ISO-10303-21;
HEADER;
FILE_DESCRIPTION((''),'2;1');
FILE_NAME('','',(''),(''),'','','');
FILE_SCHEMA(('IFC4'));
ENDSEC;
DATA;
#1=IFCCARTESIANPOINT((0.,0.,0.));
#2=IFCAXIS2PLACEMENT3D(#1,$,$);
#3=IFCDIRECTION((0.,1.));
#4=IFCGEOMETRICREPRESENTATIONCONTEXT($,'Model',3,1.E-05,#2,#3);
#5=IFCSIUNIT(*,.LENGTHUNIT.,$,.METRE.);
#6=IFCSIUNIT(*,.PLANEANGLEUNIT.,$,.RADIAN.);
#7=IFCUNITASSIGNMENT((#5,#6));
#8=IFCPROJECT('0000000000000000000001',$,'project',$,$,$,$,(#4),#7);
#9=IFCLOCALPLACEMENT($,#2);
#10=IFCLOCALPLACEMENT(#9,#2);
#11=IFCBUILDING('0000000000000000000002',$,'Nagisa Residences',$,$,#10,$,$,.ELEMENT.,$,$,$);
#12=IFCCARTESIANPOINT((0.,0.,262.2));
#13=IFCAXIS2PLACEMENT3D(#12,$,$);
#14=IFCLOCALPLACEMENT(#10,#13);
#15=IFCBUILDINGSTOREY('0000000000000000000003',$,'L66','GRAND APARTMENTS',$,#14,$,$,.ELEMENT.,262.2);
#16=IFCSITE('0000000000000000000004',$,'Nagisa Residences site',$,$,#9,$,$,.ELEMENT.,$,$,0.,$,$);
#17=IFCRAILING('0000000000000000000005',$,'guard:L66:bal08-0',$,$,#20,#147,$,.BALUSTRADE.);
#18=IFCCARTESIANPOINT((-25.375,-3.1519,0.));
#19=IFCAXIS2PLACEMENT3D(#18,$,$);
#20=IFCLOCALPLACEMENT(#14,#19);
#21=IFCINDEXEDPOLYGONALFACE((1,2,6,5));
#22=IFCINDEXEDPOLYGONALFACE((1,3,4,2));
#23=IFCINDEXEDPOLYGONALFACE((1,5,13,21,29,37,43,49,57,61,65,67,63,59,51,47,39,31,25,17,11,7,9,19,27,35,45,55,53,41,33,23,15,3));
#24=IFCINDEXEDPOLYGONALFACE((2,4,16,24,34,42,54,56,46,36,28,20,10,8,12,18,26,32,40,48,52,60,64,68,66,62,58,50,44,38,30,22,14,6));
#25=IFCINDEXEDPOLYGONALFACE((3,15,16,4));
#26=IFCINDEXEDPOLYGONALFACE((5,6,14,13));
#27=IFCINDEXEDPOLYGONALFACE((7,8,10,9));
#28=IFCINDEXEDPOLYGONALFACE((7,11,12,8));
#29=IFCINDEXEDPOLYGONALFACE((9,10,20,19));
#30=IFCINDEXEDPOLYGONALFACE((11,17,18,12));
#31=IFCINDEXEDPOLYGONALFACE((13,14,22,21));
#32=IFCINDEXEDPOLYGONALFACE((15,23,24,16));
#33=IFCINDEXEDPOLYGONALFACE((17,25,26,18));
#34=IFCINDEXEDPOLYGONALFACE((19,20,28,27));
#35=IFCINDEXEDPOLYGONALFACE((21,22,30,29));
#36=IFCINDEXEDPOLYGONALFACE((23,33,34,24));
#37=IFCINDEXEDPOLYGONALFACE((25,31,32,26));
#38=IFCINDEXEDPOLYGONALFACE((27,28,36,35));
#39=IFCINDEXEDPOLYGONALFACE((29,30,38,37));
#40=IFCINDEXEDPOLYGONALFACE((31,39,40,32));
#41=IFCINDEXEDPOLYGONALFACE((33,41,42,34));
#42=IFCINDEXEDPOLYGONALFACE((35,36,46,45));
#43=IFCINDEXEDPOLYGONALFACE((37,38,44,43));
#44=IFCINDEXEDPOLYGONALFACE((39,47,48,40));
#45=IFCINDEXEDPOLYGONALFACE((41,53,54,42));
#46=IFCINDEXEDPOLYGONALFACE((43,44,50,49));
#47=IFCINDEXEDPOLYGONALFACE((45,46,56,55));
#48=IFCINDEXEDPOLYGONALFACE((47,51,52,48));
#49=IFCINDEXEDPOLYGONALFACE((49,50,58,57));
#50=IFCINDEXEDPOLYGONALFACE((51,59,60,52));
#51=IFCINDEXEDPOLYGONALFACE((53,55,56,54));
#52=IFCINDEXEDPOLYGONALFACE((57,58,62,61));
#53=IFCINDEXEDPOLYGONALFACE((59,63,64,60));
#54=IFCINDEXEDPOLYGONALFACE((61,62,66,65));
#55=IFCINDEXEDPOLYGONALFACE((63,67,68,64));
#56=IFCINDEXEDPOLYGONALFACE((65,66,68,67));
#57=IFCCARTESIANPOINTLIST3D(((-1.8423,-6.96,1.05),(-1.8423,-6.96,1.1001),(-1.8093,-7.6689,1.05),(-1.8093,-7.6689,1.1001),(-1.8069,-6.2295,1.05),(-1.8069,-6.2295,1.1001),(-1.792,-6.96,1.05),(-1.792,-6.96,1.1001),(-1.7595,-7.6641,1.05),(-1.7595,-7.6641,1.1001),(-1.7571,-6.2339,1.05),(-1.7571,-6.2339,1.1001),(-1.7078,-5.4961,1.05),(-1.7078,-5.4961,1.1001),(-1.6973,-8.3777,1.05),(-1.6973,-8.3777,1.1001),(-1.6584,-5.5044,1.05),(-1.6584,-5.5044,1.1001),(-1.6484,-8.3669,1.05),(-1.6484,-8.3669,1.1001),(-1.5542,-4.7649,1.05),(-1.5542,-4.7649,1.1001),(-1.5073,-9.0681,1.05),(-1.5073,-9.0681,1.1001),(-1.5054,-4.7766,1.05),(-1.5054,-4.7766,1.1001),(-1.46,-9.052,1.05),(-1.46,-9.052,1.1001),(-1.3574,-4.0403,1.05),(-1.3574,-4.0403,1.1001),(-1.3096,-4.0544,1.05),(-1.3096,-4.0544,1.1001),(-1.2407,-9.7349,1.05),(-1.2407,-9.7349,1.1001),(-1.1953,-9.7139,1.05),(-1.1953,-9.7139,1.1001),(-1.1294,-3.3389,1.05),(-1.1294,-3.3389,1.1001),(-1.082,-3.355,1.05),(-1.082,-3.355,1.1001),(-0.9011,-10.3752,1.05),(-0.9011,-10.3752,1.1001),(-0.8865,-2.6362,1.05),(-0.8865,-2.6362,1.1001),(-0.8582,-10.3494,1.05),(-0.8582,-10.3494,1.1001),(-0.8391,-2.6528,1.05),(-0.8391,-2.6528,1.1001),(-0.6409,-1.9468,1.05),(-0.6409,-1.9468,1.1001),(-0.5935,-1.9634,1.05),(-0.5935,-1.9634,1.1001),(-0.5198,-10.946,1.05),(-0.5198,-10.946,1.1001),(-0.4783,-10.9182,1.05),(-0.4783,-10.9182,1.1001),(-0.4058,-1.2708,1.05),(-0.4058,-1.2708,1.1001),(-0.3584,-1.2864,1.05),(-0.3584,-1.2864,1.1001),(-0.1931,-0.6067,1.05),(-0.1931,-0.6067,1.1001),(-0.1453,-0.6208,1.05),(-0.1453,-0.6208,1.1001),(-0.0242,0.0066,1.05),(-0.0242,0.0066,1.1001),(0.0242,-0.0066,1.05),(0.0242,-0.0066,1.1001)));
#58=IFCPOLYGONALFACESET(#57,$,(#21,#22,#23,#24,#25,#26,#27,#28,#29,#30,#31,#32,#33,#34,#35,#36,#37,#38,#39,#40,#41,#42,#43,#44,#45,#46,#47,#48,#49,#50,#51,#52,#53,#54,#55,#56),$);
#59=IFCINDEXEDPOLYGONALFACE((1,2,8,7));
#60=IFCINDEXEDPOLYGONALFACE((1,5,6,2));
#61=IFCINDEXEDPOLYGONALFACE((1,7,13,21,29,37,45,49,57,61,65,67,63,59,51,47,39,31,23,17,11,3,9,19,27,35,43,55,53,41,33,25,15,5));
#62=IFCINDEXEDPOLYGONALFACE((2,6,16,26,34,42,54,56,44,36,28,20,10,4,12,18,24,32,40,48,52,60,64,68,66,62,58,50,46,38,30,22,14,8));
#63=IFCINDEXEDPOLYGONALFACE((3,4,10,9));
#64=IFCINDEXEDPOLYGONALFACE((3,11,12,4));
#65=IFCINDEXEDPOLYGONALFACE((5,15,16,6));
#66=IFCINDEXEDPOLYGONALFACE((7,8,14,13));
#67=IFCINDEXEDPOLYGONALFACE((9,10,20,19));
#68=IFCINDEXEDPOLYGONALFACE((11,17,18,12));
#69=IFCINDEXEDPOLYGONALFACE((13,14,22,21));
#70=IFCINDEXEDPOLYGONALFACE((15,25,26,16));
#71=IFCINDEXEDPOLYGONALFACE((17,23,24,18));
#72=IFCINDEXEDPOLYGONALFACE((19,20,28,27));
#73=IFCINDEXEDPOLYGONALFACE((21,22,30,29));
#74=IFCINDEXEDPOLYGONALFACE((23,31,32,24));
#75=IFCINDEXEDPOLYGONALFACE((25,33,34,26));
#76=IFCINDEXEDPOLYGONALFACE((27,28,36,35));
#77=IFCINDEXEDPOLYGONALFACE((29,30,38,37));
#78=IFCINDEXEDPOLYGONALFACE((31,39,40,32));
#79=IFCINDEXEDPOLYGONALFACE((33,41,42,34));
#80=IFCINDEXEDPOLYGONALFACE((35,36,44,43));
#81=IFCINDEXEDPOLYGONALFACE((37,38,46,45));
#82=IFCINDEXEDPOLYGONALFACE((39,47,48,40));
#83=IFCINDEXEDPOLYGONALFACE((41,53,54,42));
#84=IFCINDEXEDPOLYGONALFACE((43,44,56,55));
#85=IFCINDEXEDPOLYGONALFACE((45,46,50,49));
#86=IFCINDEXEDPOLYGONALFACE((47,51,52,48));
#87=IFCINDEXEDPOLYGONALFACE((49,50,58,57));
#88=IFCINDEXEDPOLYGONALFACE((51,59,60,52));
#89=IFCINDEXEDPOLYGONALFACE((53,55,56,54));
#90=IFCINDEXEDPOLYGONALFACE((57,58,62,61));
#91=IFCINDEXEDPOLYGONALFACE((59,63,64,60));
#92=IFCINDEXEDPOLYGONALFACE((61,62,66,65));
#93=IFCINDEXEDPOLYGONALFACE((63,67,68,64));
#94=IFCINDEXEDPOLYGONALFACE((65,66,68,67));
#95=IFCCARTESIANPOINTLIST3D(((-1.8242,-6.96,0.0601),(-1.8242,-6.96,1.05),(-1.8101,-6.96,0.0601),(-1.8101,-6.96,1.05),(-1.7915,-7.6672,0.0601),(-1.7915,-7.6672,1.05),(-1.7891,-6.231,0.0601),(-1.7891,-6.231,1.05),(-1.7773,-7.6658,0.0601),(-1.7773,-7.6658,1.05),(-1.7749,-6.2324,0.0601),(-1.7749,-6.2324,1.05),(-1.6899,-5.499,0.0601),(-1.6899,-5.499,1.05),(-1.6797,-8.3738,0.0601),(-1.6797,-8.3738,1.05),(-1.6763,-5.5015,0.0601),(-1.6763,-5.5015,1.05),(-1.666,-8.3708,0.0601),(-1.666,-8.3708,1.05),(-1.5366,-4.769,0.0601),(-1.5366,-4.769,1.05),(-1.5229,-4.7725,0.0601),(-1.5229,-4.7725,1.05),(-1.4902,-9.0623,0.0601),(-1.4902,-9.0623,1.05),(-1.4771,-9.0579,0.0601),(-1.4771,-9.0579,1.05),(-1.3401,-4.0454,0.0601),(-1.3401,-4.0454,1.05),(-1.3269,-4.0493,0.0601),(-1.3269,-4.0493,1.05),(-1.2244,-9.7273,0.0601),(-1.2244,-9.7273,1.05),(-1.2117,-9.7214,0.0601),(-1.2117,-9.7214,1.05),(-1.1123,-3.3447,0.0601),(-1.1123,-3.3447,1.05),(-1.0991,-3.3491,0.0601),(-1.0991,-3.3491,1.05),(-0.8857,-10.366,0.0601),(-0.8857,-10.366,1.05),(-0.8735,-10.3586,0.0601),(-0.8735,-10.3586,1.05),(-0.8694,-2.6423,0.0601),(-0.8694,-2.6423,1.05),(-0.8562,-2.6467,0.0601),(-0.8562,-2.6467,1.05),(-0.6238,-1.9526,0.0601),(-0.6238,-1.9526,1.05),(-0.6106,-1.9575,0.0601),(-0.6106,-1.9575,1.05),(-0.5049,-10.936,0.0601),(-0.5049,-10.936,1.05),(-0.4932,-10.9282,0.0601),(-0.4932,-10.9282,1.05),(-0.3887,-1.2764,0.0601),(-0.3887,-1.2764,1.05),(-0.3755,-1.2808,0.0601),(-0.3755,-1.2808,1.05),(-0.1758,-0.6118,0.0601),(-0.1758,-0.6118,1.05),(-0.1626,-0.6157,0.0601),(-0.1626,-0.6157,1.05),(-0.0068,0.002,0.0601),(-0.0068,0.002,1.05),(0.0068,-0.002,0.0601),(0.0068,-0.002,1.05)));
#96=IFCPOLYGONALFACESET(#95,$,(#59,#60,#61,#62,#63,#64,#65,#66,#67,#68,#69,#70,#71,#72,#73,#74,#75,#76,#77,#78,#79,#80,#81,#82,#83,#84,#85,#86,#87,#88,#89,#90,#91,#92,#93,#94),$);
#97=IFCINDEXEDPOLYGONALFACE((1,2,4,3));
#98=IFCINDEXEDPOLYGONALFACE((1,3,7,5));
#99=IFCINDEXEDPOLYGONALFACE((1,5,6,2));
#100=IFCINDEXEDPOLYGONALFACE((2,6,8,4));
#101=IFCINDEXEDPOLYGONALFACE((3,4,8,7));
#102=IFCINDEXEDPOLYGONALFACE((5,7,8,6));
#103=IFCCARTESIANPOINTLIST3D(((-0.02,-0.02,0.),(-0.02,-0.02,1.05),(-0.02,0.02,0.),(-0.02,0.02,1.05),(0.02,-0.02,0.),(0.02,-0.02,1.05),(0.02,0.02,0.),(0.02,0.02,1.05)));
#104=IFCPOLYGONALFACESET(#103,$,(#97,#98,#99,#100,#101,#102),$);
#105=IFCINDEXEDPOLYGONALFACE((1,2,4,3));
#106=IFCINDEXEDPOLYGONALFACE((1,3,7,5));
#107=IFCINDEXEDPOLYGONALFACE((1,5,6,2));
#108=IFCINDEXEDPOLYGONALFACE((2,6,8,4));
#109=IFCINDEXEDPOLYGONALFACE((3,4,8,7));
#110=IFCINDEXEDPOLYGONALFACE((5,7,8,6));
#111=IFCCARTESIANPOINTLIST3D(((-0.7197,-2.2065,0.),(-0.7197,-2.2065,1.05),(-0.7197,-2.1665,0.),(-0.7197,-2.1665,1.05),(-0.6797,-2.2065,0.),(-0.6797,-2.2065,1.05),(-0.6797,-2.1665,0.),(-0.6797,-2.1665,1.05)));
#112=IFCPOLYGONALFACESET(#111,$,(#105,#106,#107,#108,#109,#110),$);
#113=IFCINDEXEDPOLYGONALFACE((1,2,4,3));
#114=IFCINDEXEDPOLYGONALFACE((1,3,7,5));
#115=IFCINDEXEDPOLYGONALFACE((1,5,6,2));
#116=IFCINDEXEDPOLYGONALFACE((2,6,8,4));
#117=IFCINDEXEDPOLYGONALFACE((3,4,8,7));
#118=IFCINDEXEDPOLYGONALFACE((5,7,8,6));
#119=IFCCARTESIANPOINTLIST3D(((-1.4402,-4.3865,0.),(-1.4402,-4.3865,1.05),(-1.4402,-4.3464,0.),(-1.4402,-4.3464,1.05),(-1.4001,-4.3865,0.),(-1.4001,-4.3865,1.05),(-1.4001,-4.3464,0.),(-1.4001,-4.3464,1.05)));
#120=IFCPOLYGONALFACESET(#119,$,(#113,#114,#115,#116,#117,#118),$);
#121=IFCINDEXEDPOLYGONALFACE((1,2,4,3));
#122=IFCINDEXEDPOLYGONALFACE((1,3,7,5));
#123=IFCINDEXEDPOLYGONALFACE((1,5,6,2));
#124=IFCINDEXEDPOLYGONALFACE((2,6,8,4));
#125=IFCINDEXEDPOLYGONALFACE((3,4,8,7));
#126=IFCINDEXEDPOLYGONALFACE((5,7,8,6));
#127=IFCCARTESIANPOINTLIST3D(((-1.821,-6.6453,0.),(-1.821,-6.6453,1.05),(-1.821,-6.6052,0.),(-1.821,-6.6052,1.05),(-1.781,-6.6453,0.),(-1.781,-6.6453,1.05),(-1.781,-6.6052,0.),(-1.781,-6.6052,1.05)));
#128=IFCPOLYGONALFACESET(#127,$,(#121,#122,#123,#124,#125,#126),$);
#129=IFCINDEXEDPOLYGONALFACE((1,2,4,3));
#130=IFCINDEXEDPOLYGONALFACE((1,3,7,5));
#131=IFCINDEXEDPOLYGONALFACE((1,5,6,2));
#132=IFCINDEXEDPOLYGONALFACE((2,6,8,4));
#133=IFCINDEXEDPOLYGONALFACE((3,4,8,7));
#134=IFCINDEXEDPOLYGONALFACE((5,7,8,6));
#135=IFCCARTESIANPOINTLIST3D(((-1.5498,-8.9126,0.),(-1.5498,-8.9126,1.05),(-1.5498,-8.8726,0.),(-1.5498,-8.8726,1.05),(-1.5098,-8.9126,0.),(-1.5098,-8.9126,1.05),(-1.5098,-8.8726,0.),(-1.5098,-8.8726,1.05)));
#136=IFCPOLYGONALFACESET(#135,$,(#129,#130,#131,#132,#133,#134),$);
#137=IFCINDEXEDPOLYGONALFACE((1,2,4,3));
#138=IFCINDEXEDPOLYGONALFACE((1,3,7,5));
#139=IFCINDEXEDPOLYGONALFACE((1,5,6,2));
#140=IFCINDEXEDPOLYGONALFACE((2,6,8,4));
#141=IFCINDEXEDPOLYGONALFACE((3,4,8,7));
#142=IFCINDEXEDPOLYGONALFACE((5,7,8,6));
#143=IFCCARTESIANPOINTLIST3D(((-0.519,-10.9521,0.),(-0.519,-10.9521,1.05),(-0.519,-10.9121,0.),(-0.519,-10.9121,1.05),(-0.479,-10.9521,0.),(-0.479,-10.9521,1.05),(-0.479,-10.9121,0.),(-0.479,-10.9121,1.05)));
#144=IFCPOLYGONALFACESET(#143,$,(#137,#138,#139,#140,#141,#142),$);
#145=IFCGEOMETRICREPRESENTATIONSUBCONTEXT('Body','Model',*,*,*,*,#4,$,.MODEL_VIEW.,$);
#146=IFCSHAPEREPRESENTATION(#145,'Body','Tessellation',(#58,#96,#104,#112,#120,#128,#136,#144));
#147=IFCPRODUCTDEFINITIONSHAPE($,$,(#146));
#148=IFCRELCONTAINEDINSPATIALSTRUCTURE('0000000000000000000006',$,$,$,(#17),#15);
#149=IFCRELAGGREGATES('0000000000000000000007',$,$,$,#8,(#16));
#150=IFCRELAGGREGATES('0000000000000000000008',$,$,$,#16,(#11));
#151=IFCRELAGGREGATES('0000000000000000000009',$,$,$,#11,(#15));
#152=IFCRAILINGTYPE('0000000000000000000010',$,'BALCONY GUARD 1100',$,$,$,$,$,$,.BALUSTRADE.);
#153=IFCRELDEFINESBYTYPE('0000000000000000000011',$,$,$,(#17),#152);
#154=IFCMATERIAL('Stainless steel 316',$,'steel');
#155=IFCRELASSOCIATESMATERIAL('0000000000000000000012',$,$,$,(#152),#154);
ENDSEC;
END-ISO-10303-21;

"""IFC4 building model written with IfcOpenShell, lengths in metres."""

from ifc_helpers import new_model, si_unit, direction, frame, origin, origin_2d, place, context, subcontext, project, spatial, polyline, rectangle, outline, extrude, material, type_object, element, save


model = new_model("IFC4")

# Units and contexts
model_context = context("Model", 3, precision=1e-05, world=origin(), true_north=direction((0.0, 1.0)))
body_context = subcontext(model_context, "Body", "Model", "MODEL_VIEW")
ifc_project = project(units=[si_unit("LENGTHUNIT", "METRE"), si_unit("PLANEANGLEUNIT", "RADIAN")], contexts=[model_context])

# Site, building, storey
site_placement = place(None, origin())
site = spatial("IfcSite", under=ifc_project, at=site_placement, Name="Nagisa Residences site", CompositionType="ELEMENT", RefElevation=0.0)
building_placement = place(site_placement, origin())
building = spatial("IfcBuilding", under=site, at=building_placement, Name="Nagisa Residences", CompositionType="ELEMENT")
storey_placement = place(building_placement, frame((0.0, 0.0, 262.2)))
storey = spatial("IfcBuildingStorey", under=building, at=storey_placement, Name="L66", Description="GRAND APARTMENTS", CompositionType="ELEMENT", Elevation=262.2)

# Railing
ifc_material_1 = material(Name="Stainless steel 316", Category="steel")
railing_type = type_object("IfcRailingType", Name="BALCONY GUARD 1100", PredefinedType="BALUSTRADE", material=ifc_material_1)
railing_1_placement = place(storey_placement, frame((-25.375, -3.1519, 0.0)))
element("IfcRailing", 1, at=railing_1_placement, inside=storey, type_object=railing_type, Name="guard:L66:bal08-0", PredefinedType="BALUSTRADE", context=body_context, shape_type="SweptSolid", body=[
    extrude(outline(polyline([(-0.1453, -0.6208), (0.0242, -0.0066), (-0.0242, 0.0066), (-0.1931, -0.6067), (-0.4058, -1.2708), (-0.6409, -1.9468), (-0.8865, -2.6362), (-1.1294, -3.3389), (-1.3574, -4.0403), (-1.5542, -4.7649), (-1.7078, -5.4961), (-1.8069, -6.2295), (-1.8423, -6.96), (-1.8093, -7.6689), (-1.6973, -8.3777), (-1.5073, -9.0681), (-1.2407, -9.7349), (-0.9011, -10.3752), (-0.5198, -10.946), (-0.4783, -10.9182), (-0.8582, -10.3494), (-1.1953, -9.7139), (-1.46, -9.052), (-1.6484, -8.3669), (-1.7595, -7.6641), (-1.792, -6.96), (-1.7571, -6.2339), (-1.6584, -5.5044), (-1.5054, -4.7766), (-1.3096, -4.0544), (-1.082, -3.355), (-0.8391, -2.6528), (-0.5935, -1.9634), (-0.3584, -1.2864), (-0.1453, -0.6208)])), frame((0.0, 0.0, 1.05)), (0.0, 0.0, 1.0), 0.05),
    extrude(outline(polyline([(-0.1626, -0.6157), (0.0068, -0.002), (-0.0068, 0.002), (-0.1758, -0.6118), (-0.3887, -1.2764), (-0.6238, -1.9526), (-0.8694, -2.6423), (-1.1123, -3.3447), (-1.3401, -4.0454), (-1.5366, -4.769), (-1.6899, -5.499), (-1.7891, -6.231), (-1.8242, -6.96), (-1.7915, -7.6672), (-1.6797, -8.3738), (-1.4902, -9.0623), (-1.2244, -9.7273), (-0.8857, -10.366), (-0.5049, -10.936), (-0.4932, -10.9282), (-0.8735, -10.3586), (-1.2117, -9.7214), (-1.4771, -9.0579), (-1.666, -8.3708), (-1.7773, -7.6658), (-1.8101, -6.96), (-1.7749, -6.2324), (-1.6763, -5.5015), (-1.5229, -4.7725), (-1.3269, -4.0493), (-1.0991, -3.3491), (-0.8562, -2.6467), (-0.6106, -1.9575), (-0.3755, -1.2808), (-0.1626, -0.6157)])), frame((0.0, 0.0, 0.0601)), (0.0, 0.0, 1.0), 0.99),
    extrude(rectangle(XDim=0.04, YDim=0.04, at=origin_2d()), origin(), (0.0, 0.0, 1.0), 1.05),
    extrude(rectangle(XDim=0.04, YDim=0.04, at=origin_2d()), frame((-0.6997, -2.1865, 0.0)), (0.0, 0.0, 1.0), 1.05),
    extrude(rectangle(XDim=0.04, YDim=0.04, at=origin_2d()), frame((-1.4202, -4.3665, 0.0)), (0.0, 0.0, 1.0), 1.05),
    extrude(rectangle(XDim=0.04, YDim=0.04, at=origin_2d()), frame((-1.801, -6.6252, 0.0)), (0.0, 0.0, 1.0), 1.05),
    extrude(rectangle(XDim=0.04, YDim=0.04, at=origin_2d()), frame((-1.5298, -8.8926, 0.0)), (0.0, 0.0, 1.0), 1.05),
    extrude(rectangle(XDim=0.04, YDim=0.04, at=origin_2d()), frame((-0.499, -10.9321, 0.0)), (0.0, 0.0, 1.0), 1.05),
])

save(model, "model.ifc")
